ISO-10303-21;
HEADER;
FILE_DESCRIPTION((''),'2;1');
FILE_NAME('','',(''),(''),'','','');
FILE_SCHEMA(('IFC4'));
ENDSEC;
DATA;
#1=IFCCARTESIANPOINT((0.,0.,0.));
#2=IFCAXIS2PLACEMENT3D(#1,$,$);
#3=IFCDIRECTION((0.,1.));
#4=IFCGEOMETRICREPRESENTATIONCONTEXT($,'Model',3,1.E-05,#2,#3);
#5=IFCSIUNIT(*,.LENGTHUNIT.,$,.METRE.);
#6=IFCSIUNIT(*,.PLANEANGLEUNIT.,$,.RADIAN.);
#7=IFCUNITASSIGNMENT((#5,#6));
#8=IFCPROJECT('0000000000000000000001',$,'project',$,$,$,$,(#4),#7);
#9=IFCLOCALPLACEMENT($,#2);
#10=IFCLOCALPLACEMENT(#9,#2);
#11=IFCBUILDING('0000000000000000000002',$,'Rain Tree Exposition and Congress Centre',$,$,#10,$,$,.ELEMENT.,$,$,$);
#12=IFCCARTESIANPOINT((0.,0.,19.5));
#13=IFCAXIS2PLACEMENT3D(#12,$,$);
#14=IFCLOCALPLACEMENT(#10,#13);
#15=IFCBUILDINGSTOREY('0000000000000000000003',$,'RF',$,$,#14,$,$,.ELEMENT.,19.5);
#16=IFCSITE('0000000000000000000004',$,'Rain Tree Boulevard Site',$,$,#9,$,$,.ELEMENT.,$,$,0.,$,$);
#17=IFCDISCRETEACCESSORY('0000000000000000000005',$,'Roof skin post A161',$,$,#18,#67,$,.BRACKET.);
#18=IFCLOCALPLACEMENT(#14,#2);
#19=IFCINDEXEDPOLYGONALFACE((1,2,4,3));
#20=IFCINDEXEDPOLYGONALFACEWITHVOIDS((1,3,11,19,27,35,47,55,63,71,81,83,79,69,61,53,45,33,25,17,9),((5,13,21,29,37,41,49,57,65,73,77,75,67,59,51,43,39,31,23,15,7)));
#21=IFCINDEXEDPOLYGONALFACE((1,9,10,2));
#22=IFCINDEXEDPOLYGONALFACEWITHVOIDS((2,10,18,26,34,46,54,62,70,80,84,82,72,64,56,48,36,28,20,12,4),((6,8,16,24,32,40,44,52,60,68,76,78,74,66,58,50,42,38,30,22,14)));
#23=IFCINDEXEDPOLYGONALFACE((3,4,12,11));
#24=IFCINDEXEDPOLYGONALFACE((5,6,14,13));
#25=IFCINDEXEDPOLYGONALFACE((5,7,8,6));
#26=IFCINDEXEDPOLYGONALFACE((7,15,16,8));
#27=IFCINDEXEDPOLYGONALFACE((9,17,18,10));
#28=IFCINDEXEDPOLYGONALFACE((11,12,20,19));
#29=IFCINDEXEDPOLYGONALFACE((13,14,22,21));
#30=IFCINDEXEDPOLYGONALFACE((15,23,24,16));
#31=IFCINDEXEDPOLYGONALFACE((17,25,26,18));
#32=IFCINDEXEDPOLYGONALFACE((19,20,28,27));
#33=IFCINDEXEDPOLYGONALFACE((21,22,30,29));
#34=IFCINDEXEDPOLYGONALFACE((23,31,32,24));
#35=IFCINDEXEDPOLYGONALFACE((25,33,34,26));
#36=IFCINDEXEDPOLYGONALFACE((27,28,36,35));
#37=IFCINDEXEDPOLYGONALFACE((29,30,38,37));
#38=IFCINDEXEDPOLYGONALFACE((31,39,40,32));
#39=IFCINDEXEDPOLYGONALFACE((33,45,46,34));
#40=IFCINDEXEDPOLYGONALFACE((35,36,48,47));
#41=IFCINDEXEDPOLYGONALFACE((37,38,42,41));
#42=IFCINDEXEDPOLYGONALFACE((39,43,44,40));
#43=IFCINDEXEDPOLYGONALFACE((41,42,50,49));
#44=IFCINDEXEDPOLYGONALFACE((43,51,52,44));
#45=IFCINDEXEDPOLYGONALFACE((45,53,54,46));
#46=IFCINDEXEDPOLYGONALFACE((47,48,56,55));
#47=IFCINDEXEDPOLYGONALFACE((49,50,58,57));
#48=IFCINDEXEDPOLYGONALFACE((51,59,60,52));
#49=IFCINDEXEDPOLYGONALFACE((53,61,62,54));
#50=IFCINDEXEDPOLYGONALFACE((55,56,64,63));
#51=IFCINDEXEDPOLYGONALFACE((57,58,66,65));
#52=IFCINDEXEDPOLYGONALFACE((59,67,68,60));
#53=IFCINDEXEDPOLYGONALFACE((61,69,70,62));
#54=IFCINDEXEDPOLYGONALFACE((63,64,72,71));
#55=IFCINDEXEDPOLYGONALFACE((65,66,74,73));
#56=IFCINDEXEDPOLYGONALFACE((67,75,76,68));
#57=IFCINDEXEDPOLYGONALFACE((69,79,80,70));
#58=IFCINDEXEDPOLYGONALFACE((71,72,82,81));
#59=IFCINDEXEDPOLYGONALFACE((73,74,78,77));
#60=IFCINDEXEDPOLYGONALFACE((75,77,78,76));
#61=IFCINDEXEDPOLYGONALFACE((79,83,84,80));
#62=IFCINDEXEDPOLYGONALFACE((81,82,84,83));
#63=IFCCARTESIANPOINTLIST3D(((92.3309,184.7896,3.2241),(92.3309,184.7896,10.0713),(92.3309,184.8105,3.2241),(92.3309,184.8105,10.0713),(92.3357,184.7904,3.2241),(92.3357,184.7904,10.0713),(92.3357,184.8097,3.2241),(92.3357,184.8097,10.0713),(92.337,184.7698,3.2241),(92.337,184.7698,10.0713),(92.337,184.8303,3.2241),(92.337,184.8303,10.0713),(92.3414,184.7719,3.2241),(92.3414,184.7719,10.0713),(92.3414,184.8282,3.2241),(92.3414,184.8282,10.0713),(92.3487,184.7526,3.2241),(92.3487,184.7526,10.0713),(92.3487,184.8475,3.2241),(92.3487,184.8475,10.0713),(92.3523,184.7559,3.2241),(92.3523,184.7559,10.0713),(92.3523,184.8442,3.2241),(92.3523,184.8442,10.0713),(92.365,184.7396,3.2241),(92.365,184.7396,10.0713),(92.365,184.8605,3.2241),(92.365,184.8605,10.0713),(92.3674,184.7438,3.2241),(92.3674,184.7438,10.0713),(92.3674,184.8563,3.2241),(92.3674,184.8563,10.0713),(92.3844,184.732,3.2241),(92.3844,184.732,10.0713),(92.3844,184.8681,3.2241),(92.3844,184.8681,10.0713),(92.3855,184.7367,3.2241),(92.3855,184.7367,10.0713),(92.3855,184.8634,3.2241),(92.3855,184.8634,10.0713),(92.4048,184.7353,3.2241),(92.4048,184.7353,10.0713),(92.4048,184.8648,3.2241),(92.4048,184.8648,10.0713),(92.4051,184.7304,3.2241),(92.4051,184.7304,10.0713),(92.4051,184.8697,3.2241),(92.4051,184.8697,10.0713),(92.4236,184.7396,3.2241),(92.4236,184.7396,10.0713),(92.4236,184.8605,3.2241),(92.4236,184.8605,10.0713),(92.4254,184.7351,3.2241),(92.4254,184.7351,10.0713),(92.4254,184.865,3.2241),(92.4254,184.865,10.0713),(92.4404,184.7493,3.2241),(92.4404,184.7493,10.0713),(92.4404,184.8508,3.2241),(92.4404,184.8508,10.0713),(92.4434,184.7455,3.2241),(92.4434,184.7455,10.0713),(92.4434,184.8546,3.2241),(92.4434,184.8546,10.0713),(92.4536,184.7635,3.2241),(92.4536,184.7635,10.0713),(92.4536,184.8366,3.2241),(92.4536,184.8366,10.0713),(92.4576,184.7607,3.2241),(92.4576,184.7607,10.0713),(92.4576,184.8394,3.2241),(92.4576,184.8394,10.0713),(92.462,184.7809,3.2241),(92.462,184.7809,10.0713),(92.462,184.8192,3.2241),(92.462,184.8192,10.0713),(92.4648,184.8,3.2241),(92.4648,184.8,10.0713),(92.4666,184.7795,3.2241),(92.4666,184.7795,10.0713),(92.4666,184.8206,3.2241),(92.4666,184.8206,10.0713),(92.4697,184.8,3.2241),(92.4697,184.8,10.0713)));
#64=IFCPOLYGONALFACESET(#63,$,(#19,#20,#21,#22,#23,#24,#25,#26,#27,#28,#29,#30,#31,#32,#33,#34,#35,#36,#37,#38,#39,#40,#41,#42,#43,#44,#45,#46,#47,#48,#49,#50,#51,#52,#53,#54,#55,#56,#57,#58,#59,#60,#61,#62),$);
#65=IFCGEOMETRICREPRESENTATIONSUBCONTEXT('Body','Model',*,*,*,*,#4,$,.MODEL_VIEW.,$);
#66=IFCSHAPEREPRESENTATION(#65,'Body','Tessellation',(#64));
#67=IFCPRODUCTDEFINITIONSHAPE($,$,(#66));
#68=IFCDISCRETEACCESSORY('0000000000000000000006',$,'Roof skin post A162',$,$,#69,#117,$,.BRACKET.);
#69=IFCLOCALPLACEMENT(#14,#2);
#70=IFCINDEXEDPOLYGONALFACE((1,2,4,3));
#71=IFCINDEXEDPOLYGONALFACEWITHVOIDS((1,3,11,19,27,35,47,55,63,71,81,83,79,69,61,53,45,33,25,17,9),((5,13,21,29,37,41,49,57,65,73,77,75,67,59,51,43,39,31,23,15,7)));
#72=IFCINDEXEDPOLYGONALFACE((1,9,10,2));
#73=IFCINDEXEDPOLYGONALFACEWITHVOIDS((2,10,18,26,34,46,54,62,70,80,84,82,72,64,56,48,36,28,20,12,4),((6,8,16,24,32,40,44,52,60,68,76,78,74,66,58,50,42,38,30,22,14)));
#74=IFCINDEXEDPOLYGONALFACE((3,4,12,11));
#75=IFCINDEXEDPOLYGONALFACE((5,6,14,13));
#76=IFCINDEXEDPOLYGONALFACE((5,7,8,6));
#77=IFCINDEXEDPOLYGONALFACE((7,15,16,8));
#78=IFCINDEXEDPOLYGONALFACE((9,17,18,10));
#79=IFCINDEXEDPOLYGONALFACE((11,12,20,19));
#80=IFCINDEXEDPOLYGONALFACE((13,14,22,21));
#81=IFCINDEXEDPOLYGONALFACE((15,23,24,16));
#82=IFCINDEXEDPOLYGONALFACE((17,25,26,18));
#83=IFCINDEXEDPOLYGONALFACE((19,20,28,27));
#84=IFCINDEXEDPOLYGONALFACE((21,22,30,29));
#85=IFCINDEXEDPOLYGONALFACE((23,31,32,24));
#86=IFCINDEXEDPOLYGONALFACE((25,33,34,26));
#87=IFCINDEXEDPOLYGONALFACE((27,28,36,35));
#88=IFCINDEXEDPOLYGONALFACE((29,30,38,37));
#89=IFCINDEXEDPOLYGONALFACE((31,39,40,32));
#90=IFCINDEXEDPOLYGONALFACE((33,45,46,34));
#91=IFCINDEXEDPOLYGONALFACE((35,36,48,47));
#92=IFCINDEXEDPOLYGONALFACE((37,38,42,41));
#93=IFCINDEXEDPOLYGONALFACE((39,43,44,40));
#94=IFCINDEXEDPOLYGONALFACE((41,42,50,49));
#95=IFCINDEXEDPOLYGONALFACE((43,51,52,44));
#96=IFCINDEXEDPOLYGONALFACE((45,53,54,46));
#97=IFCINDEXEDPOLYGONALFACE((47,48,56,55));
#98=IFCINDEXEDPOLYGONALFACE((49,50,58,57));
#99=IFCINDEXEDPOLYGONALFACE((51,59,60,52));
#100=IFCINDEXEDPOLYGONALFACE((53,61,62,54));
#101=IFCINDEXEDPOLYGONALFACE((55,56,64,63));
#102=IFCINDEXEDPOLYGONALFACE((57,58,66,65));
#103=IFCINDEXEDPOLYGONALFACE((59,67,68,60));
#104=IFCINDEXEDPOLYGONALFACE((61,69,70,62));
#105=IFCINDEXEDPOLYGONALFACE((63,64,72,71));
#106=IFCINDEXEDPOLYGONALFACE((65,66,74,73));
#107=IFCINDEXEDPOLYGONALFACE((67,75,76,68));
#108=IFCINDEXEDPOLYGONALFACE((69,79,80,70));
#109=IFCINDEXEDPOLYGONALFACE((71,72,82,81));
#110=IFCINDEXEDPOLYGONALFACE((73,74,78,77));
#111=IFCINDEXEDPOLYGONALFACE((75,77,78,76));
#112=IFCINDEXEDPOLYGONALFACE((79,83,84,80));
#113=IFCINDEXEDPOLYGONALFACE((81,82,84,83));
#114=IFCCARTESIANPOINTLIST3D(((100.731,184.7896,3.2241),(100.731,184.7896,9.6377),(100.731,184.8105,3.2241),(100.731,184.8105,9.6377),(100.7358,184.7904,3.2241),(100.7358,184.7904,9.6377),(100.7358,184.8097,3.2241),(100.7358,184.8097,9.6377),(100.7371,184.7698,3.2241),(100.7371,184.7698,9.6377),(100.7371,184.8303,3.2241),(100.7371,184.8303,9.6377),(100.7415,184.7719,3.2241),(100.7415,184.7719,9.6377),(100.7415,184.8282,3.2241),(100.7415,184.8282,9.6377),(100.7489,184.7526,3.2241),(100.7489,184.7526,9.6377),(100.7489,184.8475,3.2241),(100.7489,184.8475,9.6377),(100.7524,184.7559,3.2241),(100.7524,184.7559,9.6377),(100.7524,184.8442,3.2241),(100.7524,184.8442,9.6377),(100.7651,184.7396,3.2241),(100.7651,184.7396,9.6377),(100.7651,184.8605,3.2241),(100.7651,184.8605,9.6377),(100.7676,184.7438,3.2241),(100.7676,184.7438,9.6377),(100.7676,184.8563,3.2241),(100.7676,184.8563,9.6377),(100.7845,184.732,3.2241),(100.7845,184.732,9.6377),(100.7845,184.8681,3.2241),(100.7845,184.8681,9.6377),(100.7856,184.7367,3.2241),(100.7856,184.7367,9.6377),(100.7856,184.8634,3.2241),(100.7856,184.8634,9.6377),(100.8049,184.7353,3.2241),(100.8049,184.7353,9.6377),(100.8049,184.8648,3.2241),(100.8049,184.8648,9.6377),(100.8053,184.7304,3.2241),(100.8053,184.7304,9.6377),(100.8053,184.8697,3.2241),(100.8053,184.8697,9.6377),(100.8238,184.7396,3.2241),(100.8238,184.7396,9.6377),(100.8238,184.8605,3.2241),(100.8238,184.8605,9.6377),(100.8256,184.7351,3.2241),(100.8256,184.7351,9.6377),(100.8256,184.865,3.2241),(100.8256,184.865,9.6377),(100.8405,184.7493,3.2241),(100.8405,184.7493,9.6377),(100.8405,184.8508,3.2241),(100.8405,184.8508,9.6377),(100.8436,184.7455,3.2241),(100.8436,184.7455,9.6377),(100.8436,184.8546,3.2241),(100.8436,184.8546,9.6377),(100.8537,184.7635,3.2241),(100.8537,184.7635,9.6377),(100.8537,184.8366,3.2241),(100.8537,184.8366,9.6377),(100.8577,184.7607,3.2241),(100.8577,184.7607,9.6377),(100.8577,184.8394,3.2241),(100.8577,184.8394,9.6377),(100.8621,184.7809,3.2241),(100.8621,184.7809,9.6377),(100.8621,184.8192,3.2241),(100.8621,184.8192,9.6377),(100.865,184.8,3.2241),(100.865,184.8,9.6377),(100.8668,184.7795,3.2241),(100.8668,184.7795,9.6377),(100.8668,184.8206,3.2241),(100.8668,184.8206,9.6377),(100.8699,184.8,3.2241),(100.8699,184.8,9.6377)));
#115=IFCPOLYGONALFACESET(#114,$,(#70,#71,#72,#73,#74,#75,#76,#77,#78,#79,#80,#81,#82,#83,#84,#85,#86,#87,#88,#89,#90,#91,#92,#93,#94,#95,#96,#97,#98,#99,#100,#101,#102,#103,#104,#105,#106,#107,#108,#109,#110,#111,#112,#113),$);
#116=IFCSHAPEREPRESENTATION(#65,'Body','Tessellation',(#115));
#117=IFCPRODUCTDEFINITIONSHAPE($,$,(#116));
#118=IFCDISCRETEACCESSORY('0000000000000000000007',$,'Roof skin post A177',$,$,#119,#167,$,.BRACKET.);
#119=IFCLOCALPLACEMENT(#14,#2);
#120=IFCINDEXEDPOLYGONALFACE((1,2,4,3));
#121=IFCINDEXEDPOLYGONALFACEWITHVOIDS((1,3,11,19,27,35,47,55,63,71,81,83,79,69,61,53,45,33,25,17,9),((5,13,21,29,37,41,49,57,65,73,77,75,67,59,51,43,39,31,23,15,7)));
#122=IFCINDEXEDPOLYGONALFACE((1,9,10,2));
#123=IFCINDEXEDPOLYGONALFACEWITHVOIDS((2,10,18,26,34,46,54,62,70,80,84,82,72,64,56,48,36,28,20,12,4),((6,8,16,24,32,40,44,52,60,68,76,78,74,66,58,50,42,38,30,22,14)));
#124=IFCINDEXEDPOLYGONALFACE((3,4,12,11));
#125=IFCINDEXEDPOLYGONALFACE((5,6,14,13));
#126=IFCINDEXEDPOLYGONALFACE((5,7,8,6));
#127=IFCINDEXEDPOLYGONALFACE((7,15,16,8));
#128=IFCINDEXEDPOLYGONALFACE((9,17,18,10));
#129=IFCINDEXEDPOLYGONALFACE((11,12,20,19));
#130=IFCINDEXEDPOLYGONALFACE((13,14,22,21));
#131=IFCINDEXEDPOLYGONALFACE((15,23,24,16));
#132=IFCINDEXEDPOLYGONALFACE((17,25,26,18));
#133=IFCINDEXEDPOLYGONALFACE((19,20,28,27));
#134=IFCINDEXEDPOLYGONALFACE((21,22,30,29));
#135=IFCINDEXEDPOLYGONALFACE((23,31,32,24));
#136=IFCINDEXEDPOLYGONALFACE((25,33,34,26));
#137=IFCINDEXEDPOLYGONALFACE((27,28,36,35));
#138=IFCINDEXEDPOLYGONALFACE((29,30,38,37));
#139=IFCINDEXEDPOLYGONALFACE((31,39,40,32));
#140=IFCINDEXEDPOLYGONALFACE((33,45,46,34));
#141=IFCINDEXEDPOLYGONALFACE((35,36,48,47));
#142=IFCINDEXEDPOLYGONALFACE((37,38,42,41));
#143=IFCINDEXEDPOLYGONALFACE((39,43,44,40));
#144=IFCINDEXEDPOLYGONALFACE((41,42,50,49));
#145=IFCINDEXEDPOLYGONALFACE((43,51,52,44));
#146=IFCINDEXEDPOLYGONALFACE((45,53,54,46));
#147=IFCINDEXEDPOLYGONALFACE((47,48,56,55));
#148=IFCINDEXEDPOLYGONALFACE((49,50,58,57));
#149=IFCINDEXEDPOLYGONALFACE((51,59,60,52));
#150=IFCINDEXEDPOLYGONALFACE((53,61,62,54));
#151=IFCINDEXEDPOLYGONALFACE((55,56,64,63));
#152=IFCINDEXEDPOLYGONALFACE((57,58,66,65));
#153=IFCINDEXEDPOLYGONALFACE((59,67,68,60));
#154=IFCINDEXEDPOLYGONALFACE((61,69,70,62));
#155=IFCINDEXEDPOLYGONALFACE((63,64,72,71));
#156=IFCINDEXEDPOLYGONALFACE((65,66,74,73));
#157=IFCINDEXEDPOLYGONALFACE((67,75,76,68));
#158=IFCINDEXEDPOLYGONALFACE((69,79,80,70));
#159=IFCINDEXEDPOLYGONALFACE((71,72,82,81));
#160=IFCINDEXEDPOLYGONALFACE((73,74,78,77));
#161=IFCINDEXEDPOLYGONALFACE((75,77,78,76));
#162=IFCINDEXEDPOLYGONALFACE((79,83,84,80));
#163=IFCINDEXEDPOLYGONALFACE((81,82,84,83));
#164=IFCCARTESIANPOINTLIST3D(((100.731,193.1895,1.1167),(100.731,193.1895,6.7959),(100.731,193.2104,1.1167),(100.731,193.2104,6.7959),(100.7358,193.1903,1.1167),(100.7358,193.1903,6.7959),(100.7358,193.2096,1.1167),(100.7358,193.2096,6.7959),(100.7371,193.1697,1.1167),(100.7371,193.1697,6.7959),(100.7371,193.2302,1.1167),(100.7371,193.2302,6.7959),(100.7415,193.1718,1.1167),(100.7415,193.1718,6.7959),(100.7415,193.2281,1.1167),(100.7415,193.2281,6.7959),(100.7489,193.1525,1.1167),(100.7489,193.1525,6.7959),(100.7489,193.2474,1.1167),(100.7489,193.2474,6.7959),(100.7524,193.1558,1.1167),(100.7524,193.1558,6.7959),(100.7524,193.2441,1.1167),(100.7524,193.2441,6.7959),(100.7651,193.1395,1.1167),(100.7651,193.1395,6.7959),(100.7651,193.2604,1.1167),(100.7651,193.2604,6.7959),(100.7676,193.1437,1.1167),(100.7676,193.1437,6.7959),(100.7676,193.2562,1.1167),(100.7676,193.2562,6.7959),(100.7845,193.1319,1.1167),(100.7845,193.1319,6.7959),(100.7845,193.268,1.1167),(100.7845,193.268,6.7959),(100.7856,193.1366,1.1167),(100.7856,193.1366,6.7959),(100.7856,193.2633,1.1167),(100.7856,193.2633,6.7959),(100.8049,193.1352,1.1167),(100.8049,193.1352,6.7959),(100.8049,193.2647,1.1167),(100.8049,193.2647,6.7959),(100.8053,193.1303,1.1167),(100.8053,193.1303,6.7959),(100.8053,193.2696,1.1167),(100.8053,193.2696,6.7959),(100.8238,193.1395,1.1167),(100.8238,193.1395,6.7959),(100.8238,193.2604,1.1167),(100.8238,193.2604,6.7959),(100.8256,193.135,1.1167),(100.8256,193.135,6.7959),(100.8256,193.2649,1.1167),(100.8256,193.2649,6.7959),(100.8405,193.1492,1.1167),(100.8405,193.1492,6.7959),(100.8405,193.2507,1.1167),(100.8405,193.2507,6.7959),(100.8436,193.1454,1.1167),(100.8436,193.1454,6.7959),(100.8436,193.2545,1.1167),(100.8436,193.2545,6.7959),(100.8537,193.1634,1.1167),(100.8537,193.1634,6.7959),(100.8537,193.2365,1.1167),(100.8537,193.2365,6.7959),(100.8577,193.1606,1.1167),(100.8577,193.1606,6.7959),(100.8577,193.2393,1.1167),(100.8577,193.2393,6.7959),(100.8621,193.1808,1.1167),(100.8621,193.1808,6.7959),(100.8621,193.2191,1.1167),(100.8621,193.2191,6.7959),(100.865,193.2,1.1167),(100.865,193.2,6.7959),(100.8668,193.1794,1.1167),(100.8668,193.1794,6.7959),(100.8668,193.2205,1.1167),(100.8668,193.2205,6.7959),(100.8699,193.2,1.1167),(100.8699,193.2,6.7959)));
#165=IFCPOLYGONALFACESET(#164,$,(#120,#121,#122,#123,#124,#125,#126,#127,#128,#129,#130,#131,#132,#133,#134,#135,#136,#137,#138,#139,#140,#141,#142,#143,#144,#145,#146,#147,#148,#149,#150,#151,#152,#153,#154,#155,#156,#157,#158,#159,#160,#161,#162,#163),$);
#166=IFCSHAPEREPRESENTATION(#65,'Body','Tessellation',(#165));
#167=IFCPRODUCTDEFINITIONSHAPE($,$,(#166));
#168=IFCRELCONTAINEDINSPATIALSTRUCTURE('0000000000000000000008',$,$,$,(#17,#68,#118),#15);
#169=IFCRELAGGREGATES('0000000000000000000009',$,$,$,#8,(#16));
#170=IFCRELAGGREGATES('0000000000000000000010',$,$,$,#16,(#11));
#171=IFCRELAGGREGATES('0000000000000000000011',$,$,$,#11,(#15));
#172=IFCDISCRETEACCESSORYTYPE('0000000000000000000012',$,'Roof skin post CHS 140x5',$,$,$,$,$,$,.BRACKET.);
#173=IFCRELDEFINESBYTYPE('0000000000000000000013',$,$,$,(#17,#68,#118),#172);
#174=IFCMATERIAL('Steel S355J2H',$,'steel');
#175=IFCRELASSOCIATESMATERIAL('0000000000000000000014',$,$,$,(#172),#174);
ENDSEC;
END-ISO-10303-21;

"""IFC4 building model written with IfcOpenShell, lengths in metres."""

from ifc_helpers import new_model, si_unit, direction, frame, origin, origin_2d, place, context, subcontext, project, spatial, hollow_circle, extrude, material, material_profile, profile_set, type_object, element, save


model = new_model("IFC4")

# Units and contexts
model_context = context("Model", 3, precision=1e-05, world=origin(), true_north=direction((0.0, 1.0)))
body_context = subcontext(model_context, "Body", "Model", "MODEL_VIEW")
ifc_project = project(units=[si_unit("LENGTHUNIT", "METRE"), si_unit("PLANEANGLEUNIT", "RADIAN")], contexts=[model_context])

# Site, building, storey
site_placement = place(None, origin())
site = spatial("IfcSite", under=ifc_project, at=site_placement, Name="Rain Tree Boulevard Site", CompositionType="ELEMENT", RefElevation=0.0)
building_placement = place(site_placement, origin())
building = spatial("IfcBuilding", under=site, at=building_placement, Name="Rain Tree Exposition and Congress Centre", CompositionType="ELEMENT")
storey_placement = place(building_placement, frame((0.0, 0.0, 19.5)))
storey = spatial("IfcBuildingStorey", under=building, at=storey_placement, Name="RF", CompositionType="ELEMENT", Elevation=19.5)

# Discrete accessories
ifc_material_1 = material(Name="Steel S355J2H", Category="steel")
ifc_material_profile_1 = material_profile(ifc_material_1, hollow_circle(Radius=0.0698, WallThickness=0.0049, at=origin_2d()), Name="CHS 140x5")
ifc_profile_set_1 = profile_set([ifc_material_profile_1], Name="Steel S355J2H")
discrete_accessory_type_1 = type_object("IfcDiscreteAccessoryType", Name="Roof skin post CHS 140x5", PredefinedType="BRACKET", material=ifc_profile_set_1)
discrete_accessory_1_placement = place(storey_placement, frame((92.3999, 184.8, 3.2241), z_axis=(0.0, 0.0, 1.0), x_axis=(1.0, 0.0, 0.0)))
element("IfcDiscreteAccessory", 1, at=discrete_accessory_1_placement, inside=storey, type_object=discrete_accessory_type_1, Name="Roof skin post A161", PredefinedType="BRACKET", context=body_context, shape_type="SweptSolid", body=[
    extrude(hollow_circle(Radius=0.0698, WallThickness=0.0049, at=origin_2d()), origin(), (0.0, 0.0, 1.0), 6.8472),
])
discrete_accessory_2_placement = place(storey_placement, frame((100.8, 184.8, 3.2241), z_axis=(0.0, 0.0, 1.0), x_axis=(1.0, 0.0, 0.0)))
element("IfcDiscreteAccessory", 2, at=discrete_accessory_2_placement, inside=storey, type_object=discrete_accessory_type_1, Name="Roof skin post A162", PredefinedType="BRACKET", context=body_context, shape_type="SweptSolid", body=[
    extrude(hollow_circle(Radius=0.0698, WallThickness=0.0049, at=origin_2d()), origin(), (0.0, 0.0, 1.0), 6.4136),
])
discrete_accessory_3_placement = place(storey_placement, frame((100.8, 193.2, 1.1167), z_axis=(0.0, 0.0, 1.0), x_axis=(1.0, 0.0, 0.0)))
element("IfcDiscreteAccessory", 3, at=discrete_accessory_3_placement, inside=storey, type_object=discrete_accessory_type_1, Name="Roof skin post A177", PredefinedType="BRACKET", context=body_context, shape_type="SweptSolid", body=[
    extrude(hollow_circle(Radius=0.0698, WallThickness=0.0049, at=origin_2d()), origin(), (0.0, 0.0, 1.0), 5.6792),
])

save(model, "model.ifc")
